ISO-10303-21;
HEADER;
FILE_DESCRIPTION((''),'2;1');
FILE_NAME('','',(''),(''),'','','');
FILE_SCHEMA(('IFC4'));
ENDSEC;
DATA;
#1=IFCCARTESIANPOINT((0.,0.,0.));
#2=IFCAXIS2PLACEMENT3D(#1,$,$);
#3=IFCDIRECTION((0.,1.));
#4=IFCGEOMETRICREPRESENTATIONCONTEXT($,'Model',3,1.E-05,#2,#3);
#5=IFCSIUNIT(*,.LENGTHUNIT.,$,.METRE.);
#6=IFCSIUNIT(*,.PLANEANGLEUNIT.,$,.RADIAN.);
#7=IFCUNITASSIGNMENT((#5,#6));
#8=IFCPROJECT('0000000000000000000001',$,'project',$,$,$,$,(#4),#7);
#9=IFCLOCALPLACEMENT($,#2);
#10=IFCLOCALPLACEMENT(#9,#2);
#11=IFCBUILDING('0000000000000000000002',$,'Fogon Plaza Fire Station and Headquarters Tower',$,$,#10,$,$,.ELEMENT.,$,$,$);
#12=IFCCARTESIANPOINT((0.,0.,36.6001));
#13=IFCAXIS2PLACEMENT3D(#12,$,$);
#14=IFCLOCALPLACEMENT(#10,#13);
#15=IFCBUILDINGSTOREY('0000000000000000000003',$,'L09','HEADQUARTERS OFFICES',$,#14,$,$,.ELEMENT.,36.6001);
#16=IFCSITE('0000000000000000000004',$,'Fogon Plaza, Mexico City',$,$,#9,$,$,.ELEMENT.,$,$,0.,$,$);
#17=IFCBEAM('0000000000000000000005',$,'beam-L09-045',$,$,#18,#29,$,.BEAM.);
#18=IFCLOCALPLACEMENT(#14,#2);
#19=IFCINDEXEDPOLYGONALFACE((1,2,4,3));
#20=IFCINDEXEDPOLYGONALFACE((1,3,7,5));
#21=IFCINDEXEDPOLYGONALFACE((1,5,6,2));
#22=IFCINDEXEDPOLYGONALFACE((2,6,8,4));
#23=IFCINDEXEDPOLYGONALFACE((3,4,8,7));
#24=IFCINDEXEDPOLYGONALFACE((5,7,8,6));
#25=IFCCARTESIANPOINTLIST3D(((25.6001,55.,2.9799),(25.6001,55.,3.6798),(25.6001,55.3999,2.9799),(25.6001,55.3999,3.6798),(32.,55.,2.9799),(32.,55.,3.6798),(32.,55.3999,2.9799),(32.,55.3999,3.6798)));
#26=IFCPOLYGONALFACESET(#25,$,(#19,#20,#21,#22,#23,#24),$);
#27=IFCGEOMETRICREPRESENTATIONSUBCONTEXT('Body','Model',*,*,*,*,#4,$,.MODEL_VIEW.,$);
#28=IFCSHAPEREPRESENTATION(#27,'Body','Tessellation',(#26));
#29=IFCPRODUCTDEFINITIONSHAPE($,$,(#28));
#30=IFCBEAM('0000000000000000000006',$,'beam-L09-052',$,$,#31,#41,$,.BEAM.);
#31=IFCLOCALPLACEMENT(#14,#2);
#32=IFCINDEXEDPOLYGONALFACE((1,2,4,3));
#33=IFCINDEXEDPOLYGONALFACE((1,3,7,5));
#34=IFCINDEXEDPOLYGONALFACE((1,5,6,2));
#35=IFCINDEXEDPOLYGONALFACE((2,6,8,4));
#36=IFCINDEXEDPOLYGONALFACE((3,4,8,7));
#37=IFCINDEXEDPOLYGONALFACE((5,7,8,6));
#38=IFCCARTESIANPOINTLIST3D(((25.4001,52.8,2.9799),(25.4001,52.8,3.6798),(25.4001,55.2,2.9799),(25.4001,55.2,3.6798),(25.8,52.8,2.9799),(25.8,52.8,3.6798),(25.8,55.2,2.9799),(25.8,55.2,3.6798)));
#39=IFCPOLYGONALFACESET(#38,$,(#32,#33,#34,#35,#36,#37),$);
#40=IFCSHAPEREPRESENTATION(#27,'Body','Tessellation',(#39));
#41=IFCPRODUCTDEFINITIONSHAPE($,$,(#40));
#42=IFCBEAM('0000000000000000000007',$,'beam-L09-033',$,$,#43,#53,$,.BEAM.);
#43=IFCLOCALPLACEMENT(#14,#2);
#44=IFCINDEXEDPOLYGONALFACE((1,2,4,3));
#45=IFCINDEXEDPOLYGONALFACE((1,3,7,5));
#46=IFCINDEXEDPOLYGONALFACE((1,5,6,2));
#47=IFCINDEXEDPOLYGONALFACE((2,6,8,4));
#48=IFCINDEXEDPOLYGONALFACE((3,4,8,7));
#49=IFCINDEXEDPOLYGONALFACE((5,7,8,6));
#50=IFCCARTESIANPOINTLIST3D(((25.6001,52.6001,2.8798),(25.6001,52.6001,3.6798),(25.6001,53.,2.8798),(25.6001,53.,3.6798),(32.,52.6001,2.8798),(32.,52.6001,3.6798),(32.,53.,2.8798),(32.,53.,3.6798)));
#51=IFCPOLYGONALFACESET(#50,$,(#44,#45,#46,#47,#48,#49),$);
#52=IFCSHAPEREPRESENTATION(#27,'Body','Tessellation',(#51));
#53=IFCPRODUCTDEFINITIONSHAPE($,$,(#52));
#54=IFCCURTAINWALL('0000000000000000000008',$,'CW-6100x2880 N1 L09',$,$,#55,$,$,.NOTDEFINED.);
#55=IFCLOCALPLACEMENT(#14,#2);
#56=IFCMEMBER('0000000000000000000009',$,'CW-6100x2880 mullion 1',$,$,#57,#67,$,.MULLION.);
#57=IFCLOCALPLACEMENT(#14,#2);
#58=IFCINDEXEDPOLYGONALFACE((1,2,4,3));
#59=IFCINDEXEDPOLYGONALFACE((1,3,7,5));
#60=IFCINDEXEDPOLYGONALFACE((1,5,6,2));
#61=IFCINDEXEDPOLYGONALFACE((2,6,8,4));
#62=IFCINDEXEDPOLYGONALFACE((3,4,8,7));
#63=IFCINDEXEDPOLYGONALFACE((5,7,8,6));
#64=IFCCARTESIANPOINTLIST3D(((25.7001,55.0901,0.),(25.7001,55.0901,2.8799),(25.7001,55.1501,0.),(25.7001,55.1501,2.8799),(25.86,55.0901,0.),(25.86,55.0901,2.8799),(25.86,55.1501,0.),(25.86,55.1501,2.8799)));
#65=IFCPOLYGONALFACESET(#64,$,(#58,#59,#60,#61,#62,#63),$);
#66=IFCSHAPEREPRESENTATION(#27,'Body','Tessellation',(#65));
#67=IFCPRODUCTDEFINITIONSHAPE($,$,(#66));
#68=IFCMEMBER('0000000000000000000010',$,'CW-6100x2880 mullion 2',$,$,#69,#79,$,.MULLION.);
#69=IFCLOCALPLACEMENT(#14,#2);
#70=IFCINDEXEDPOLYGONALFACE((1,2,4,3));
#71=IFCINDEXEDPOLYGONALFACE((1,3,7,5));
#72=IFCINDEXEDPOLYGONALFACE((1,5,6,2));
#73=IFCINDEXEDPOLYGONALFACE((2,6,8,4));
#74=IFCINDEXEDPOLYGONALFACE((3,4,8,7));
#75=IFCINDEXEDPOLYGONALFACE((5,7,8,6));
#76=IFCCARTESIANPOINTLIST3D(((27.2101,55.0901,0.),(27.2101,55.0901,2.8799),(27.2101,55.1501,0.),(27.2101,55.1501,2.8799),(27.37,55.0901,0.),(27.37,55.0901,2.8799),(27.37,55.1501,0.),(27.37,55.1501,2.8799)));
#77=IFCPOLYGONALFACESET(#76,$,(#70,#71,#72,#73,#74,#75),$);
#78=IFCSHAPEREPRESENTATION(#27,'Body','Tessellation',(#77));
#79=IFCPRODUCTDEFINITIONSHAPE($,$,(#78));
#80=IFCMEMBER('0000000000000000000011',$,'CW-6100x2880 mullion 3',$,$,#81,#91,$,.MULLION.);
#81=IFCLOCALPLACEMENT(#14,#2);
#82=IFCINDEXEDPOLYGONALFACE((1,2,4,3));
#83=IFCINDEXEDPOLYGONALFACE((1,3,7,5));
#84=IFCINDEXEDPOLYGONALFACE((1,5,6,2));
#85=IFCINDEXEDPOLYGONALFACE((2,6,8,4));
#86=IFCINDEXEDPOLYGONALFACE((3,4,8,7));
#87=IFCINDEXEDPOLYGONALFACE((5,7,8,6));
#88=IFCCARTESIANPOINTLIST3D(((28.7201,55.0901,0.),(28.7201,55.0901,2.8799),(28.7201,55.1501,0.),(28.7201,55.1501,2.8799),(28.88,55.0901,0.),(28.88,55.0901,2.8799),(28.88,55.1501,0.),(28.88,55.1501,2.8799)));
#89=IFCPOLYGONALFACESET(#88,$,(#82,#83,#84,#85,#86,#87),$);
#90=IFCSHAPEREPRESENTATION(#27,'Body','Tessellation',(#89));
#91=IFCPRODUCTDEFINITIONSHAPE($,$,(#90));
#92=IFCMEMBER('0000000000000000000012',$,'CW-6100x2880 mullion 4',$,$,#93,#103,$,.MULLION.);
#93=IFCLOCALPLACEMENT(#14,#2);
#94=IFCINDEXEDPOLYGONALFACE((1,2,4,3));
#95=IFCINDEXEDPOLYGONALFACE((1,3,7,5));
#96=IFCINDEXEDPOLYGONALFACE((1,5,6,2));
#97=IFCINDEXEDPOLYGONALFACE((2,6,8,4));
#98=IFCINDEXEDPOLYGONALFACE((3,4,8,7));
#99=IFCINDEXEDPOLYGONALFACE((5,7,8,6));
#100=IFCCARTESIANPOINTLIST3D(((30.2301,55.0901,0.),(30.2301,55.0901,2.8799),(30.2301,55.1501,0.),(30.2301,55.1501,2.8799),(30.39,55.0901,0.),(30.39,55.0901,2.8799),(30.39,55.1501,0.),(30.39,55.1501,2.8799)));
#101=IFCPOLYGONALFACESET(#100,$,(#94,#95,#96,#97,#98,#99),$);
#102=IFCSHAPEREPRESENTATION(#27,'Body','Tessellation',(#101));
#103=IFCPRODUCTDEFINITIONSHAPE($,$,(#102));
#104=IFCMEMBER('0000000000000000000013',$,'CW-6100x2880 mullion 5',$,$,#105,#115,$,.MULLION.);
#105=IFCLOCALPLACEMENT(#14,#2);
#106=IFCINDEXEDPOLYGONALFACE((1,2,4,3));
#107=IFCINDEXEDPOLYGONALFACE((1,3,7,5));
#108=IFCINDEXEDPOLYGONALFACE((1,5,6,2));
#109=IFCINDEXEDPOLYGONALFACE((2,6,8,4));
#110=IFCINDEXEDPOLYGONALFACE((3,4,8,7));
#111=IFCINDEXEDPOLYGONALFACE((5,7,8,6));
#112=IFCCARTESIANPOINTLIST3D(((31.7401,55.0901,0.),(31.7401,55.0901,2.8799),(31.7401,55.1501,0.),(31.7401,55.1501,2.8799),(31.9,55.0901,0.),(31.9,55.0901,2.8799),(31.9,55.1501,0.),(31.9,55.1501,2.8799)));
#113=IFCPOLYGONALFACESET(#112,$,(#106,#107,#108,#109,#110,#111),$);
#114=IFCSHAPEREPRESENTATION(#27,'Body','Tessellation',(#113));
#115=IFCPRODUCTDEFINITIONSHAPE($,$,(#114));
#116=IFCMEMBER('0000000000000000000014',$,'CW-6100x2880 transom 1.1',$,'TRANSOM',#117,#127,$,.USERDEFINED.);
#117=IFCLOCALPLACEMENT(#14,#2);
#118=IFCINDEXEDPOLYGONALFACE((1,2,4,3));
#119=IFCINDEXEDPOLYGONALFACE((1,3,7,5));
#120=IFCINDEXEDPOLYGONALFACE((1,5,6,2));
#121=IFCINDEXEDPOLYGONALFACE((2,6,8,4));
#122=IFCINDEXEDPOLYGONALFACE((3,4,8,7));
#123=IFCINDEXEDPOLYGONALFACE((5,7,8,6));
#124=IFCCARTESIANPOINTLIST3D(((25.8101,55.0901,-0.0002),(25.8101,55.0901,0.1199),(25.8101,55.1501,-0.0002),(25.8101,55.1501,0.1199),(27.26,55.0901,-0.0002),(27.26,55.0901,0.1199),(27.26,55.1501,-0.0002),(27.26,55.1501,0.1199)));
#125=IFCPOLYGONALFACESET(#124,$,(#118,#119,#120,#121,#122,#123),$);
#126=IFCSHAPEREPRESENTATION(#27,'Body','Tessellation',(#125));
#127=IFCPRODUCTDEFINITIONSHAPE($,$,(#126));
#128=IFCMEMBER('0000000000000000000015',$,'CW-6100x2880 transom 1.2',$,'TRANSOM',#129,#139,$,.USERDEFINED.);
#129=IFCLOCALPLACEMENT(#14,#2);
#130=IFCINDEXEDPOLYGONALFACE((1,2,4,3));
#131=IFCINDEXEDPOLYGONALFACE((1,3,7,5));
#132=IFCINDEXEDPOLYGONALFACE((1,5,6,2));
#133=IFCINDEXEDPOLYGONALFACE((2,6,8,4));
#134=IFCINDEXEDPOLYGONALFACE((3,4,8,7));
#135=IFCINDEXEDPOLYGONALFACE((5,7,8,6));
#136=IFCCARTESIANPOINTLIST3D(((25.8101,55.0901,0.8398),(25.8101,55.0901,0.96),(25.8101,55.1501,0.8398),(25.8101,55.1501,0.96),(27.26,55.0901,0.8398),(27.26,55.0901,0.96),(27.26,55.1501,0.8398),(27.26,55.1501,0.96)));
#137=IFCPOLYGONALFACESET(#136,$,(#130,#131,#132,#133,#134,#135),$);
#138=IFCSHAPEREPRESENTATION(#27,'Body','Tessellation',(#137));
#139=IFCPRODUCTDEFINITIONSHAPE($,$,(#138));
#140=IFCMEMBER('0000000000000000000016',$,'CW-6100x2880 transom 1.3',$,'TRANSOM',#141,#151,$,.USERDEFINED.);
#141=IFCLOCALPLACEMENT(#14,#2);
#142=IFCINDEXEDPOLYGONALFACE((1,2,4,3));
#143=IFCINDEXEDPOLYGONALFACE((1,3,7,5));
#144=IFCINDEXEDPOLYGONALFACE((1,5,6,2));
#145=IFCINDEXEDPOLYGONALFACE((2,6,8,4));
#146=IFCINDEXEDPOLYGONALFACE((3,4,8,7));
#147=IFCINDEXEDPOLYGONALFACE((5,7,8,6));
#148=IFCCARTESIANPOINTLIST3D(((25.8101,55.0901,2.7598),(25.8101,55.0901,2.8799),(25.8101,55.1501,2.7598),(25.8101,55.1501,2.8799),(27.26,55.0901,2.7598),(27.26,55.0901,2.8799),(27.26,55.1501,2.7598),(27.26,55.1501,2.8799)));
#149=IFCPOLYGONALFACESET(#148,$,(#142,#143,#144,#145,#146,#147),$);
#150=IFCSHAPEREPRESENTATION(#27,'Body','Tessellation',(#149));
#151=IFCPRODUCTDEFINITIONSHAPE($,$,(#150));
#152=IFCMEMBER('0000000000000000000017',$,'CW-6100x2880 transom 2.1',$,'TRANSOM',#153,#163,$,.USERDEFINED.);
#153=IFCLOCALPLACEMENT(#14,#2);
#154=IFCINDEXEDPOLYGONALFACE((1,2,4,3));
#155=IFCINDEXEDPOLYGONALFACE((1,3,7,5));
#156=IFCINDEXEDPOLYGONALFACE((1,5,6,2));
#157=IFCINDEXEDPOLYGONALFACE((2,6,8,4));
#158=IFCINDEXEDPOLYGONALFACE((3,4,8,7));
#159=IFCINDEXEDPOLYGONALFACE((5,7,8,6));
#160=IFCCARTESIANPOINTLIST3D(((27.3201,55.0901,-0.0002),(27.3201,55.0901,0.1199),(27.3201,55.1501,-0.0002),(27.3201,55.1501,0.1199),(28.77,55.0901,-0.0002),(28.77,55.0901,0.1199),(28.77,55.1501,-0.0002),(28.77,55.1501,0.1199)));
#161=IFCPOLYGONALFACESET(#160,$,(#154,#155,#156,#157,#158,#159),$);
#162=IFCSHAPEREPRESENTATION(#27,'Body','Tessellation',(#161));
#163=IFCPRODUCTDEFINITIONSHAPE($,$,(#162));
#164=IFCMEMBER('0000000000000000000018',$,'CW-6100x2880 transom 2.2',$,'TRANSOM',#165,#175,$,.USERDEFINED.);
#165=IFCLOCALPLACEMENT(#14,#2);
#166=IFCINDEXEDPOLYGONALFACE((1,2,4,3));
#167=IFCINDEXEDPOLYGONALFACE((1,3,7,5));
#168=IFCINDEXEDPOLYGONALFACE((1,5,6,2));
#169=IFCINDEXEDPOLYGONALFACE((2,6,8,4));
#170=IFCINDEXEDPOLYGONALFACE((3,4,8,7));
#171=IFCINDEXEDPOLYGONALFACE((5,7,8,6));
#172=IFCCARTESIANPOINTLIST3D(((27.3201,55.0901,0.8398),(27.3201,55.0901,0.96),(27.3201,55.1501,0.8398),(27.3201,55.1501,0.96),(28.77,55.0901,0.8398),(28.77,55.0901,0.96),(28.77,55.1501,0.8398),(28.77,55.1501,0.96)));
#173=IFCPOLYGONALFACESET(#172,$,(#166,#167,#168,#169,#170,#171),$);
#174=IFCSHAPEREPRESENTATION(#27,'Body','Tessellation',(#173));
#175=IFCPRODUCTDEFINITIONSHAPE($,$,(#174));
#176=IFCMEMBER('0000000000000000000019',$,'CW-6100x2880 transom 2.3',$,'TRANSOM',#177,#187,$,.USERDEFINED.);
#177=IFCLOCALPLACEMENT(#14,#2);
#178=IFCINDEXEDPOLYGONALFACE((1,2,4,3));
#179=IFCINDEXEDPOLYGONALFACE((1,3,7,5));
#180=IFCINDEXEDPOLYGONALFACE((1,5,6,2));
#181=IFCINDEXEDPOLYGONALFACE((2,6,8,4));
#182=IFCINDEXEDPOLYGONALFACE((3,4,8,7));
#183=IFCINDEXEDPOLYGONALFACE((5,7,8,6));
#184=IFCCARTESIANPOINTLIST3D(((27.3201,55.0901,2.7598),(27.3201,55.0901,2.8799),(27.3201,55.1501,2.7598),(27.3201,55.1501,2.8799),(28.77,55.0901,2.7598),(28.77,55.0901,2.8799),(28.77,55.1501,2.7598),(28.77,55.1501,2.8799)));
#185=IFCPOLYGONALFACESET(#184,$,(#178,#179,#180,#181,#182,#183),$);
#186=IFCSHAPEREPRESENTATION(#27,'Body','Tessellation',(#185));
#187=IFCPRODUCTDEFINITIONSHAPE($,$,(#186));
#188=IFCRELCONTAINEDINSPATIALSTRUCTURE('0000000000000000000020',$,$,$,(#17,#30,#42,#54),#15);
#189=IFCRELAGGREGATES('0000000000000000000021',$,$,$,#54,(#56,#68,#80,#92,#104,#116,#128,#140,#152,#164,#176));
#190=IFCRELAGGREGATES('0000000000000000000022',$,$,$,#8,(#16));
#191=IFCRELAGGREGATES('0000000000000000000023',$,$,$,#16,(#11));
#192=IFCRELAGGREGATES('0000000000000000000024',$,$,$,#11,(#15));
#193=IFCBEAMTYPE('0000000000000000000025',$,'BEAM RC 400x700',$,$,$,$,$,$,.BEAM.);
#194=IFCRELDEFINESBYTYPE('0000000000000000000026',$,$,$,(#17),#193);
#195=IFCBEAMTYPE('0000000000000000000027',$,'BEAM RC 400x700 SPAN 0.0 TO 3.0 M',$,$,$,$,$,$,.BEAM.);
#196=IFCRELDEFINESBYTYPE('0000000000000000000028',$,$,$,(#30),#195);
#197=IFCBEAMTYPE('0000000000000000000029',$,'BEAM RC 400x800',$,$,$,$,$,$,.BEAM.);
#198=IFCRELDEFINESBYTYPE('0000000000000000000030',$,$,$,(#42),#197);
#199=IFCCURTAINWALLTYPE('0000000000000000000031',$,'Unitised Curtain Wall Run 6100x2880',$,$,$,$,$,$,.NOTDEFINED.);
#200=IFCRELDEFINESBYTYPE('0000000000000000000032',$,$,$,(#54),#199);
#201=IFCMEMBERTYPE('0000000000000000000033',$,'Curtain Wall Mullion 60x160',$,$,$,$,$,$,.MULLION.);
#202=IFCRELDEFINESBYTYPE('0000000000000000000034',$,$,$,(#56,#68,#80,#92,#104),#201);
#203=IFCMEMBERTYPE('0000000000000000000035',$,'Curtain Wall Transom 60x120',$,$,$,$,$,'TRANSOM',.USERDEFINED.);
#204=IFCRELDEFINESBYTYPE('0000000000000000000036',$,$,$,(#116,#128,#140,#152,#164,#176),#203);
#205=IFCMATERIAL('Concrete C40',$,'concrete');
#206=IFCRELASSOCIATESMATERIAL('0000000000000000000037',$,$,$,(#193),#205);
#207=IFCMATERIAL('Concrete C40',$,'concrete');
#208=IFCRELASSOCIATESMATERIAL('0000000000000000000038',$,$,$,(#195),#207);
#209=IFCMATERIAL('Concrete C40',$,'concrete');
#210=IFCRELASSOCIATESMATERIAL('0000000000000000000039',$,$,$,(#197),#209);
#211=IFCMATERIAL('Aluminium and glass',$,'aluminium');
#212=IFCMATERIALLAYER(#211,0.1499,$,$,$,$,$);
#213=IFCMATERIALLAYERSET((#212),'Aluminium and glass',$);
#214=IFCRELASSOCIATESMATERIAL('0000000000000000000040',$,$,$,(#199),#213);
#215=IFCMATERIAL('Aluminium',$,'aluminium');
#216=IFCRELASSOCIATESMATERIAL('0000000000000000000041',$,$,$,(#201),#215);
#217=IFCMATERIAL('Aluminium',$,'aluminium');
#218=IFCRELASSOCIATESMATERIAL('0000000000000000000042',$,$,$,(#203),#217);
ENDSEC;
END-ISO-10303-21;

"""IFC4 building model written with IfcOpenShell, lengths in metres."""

from ifc_helpers import new_model, si_unit, direction, frame, origin, origin_2d, place, context, subcontext, project, spatial, rectangle, extrude, material, layer, layer_set, material_profile, profile_set, type_object, element, aggregate, save


model = new_model("IFC4")

# Units and contexts
model_context = context("Model", 3, precision=1e-05, world=origin(), true_north=direction((0.0, 1.0)))
body_context = subcontext(model_context, "Body", "Model", "MODEL_VIEW")
ifc_project = project(units=[si_unit("LENGTHUNIT", "METRE"), si_unit("PLANEANGLEUNIT", "RADIAN")], contexts=[model_context])

# Site, building, storey
site_placement = place(None, origin())
site = spatial("IfcSite", under=ifc_project, at=site_placement, Name="Fogon Plaza, Mexico City", CompositionType="ELEMENT", RefElevation=0.0)
building_placement = place(site_placement, origin())
building = spatial("IfcBuilding", under=site, at=building_placement, Name="Fogon Plaza Fire Station and Headquarters Tower", CompositionType="ELEMENT")
storey_placement = place(building_placement, frame((0.0, 0.0, 36.6001)))
storey = spatial("IfcBuildingStorey", under=building, at=storey_placement, Name="L09", Description="HEADQUARTERS OFFICES", CompositionType="ELEMENT", Elevation=36.6001)

# Beams
ifc_material_1 = material(Name="Concrete C40", Category="concrete")
ifc_material_profile_1 = material_profile(ifc_material_1, rectangle(XDim=0.3999, YDim=0.7, at=origin_2d()), Name="RC 400x700")
ifc_profile_set_1 = profile_set([ifc_material_profile_1], Name="Concrete C40")
beam_type_1 = type_object("IfcBeamType", Name="BEAM RC 400x700", PredefinedType="BEAM", material=ifc_profile_set_1)
beam_1_placement = place(storey_placement, frame((25.6001, 55.2, 3.3298), z_axis=(1.0, 0.0, 0.0), x_axis=(0.0, 1.0, 0.0)))
element("IfcBeam", 1, at=beam_1_placement, inside=storey, type_object=beam_type_1, Name="beam-L09-045", PredefinedType="BEAM", context=body_context, shape_type="SweptSolid", body=[
    extrude(rectangle(XDim=0.3999, YDim=0.7, at=origin_2d()), origin(), (0.0, 0.0, 1.0), 6.3999),
])
ifc_material_2 = material(Name="Concrete C40", Category="concrete")
ifc_material_profile_2 = material_profile(ifc_material_2, rectangle(XDim=0.3999, YDim=0.7, at=origin_2d()), Name="RC 400x700")
ifc_profile_set_2 = profile_set([ifc_material_profile_2], Name="Concrete C40")
beam_type_2 = type_object("IfcBeamType", Name="BEAM RC 400x700 SPAN 0.0 TO 3.0 M", PredefinedType="BEAM", material=ifc_profile_set_2)
beam_2_placement = place(storey_placement, frame((25.6001, 52.8, 3.3298), z_axis=(0.0, 1.0, 0.0), x_axis=(-1.0, 0.0, 0.0)))
element("IfcBeam", 2, at=beam_2_placement, inside=storey, type_object=beam_type_2, Name="beam-L09-052", PredefinedType="BEAM", context=body_context, shape_type="SweptSolid", body=[
    extrude(rectangle(XDim=0.3999, YDim=0.7, at=origin_2d()), origin(), (0.0, 0.0, 1.0), 2.3999),
])
ifc_material_3 = material(Name="Concrete C40", Category="concrete")
ifc_material_profile_3 = material_profile(ifc_material_3, rectangle(XDim=0.3999, YDim=0.8, at=origin_2d()), Name="RC 400x800")
ifc_profile_set_3 = profile_set([ifc_material_profile_3], Name="Concrete C40")
beam_type_3 = type_object("IfcBeamType", Name="BEAM RC 400x800", PredefinedType="BEAM", material=ifc_profile_set_3)
beam_3_placement = place(storey_placement, frame((25.6001, 52.8, 3.2798), z_axis=(1.0, 0.0, 0.0), x_axis=(0.0, 1.0, 0.0)))
element("IfcBeam", 3, at=beam_3_placement, inside=storey, type_object=beam_type_3, Name="beam-L09-033", PredefinedType="BEAM", context=body_context, shape_type="SweptSolid", body=[
    extrude(rectangle(XDim=0.3999, YDim=0.8, at=origin_2d()), origin(), (0.0, 0.0, 1.0), 6.3999),
])

# Curtain wall, members
ifc_material_4 = material(Name="Aluminium and glass", Category="aluminium")
ifc_layer_1 = layer(ifc_material_4, 0.1499)
ifc_layer_set_1 = layer_set([ifc_layer_1], Name="Aluminium and glass")
curtain_wall_type = type_object("IfcCurtainWallType", Name="Unitised Curtain Wall Run 6100x2880", PredefinedType="NOTDEFINED", material=ifc_layer_set_1)
curtain_wall_placement = place(storey_placement, origin())
curtain_wall = element("IfcCurtainWall", 4, at=curtain_wall_placement, inside=storey, type_object=curtain_wall_type, Name="CW-6100x2880 N1 L09", PredefinedType="NOTDEFINED")
ifc_material_5 = material(Name="Aluminium", Category="aluminium")
ifc_material_profile_4 = material_profile(ifc_material_5, rectangle(XDim=0.0601, YDim=0.1599, at=origin_2d()), Name="Curtain Wall Mullion 60x160")
ifc_profile_set_4 = profile_set([ifc_material_profile_4], Name="Aluminium")
member_type_1 = type_object("IfcMemberType", Name="Curtain Wall Mullion 60x160", PredefinedType="MULLION", material=ifc_profile_set_4)
member_1_placement = place(storey_placement, frame((25.78, 55.1201, 0.0), z_axis=(0.0, 0.0, 1.0), x_axis=(0.0, 1.0, 0.0)))
member_1 = element("IfcMember", 5, at=member_1_placement, type_object=member_type_1, Name="CW-6100x2880 mullion 1", PredefinedType="MULLION", context=body_context, shape_type="SweptSolid", body=[
    extrude(rectangle(XDim=0.0601, YDim=0.1599, at=origin_2d()), origin(), (0.0, 0.0, 1.0), 2.8799),
])
member_2_placement = place(storey_placement, frame((27.29, 55.1201, 0.0), z_axis=(0.0, 0.0, 1.0), x_axis=(0.0, 1.0, 0.0)))
member_2 = element("IfcMember", 6, at=member_2_placement, type_object=member_type_1, Name="CW-6100x2880 mullion 2", PredefinedType="MULLION", context=body_context, shape_type="SweptSolid", body=[
    extrude(rectangle(XDim=0.0601, YDim=0.1599, at=origin_2d()), origin(), (0.0, 0.0, 1.0), 2.8799),
])
member_3_placement = place(storey_placement, frame((28.8, 55.1201, 0.0), z_axis=(0.0, 0.0, 1.0), x_axis=(0.0, 1.0, 0.0)))
member_3 = element("IfcMember", 7, at=member_3_placement, type_object=member_type_1, Name="CW-6100x2880 mullion 3", PredefinedType="MULLION", context=body_context, shape_type="SweptSolid", body=[
    extrude(rectangle(XDim=0.0601, YDim=0.1599, at=origin_2d()), origin(), (0.0, 0.0, 1.0), 2.8799),
])
member_4_placement = place(storey_placement, frame((30.3101, 55.1201, 0.0), z_axis=(0.0, 0.0, 1.0), x_axis=(0.0, 1.0, 0.0)))
member_4 = element("IfcMember", 8, at=member_4_placement, type_object=member_type_1, Name="CW-6100x2880 mullion 4", PredefinedType="MULLION", context=body_context, shape_type="SweptSolid", body=[
    extrude(rectangle(XDim=0.0601, YDim=0.1599, at=origin_2d()), origin(), (0.0, 0.0, 1.0), 2.8799),
])
member_5_placement = place(storey_placement, frame((31.8201, 55.1201, 0.0), z_axis=(0.0, 0.0, 1.0), x_axis=(0.0, 1.0, 0.0)))
member_5 = element("IfcMember", 9, at=member_5_placement, type_object=member_type_1, Name="CW-6100x2880 mullion 5", PredefinedType="MULLION", context=body_context, shape_type="SweptSolid", body=[
    extrude(rectangle(XDim=0.0601, YDim=0.1599, at=origin_2d()), origin(), (0.0, 0.0, 1.0), 2.8799),
])
ifc_material_6 = material(Name="Aluminium", Category="aluminium")
ifc_material_profile_5 = material_profile(ifc_material_6, rectangle(XDim=0.0601, YDim=0.1201, at=origin_2d()), Name="Curtain Wall Transom 60x120")
ifc_profile_set_5 = profile_set([ifc_material_profile_5], Name="Aluminium")
member_type_2 = type_object("IfcMemberType", Name="Curtain Wall Transom 60x120", ElementType="TRANSOM", PredefinedType="USERDEFINED", material=ifc_profile_set_5)
member_6_placement = place(storey_placement, frame((25.8101, 55.1201, 0.0598), z_axis=(1.0, 0.0, 0.0), x_axis=(0.0, 1.0, 0.0)))
member_6 = element("IfcMember", 10, at=member_6_placement, type_object=member_type_2, Name="CW-6100x2880 transom 1.1", ObjectType="TRANSOM", PredefinedType="USERDEFINED", context=body_context, shape_type="SweptSolid", body=[
    extrude(rectangle(XDim=0.0601, YDim=0.1201, at=origin_2d()), origin(), (0.0, 0.0, 1.0), 1.45),
])
member_7_placement = place(storey_placement, frame((25.8101, 55.1201, 0.8999), z_axis=(1.0, 0.0, 0.0), x_axis=(0.0, 1.0, 0.0)))
member_7 = element("IfcMember", 11, at=member_7_placement, type_object=member_type_2, Name="CW-6100x2880 transom 1.2", ObjectType="TRANSOM", PredefinedType="USERDEFINED", context=body_context, shape_type="SweptSolid", body=[
    extrude(rectangle(XDim=0.0601, YDim=0.1201, at=origin_2d()), origin(), (0.0, 0.0, 1.0), 1.45),
])
member_8_placement = place(storey_placement, frame((25.8101, 55.1201, 2.8198), z_axis=(1.0, 0.0, 0.0), x_axis=(0.0, 1.0, 0.0)))
member_8 = element("IfcMember", 12, at=member_8_placement, type_object=member_type_2, Name="CW-6100x2880 transom 1.3", ObjectType="TRANSOM", PredefinedType="USERDEFINED", context=body_context, shape_type="SweptSolid", body=[
    extrude(rectangle(XDim=0.0601, YDim=0.1201, at=origin_2d()), origin(), (0.0, 0.0, 1.0), 1.45),
])
member_9_placement = place(storey_placement, frame((27.3201, 55.1201, 0.0598), z_axis=(1.0, 0.0, 0.0), x_axis=(0.0, 1.0, 0.0)))
member_9 = element("IfcMember", 13, at=member_9_placement, type_object=member_type_2, Name="CW-6100x2880 transom 2.1", ObjectType="TRANSOM", PredefinedType="USERDEFINED", context=body_context, shape_type="SweptSolid", body=[
    extrude(rectangle(XDim=0.0601, YDim=0.1201, at=origin_2d()), origin(), (0.0, 0.0, 1.0), 1.45),
])
member_10_placement = place(storey_placement, frame((27.3201, 55.1201, 0.8999), z_axis=(1.0, 0.0, 0.0), x_axis=(0.0, 1.0, 0.0)))
member_10 = element("IfcMember", 14, at=member_10_placement, type_object=member_type_2, Name="CW-6100x2880 transom 2.2", ObjectType="TRANSOM", PredefinedType="USERDEFINED", context=body_context, shape_type="SweptSolid", body=[
    extrude(rectangle(XDim=0.0601, YDim=0.1201, at=origin_2d()), origin(), (0.0, 0.0, 1.0), 1.45),
])
member_11_placement = place(storey_placement, frame((27.3201, 55.1201, 2.8198), z_axis=(1.0, 0.0, 0.0), x_axis=(0.0, 1.0, 0.0)))
member_11 = element("IfcMember", 15, at=member_11_placement, type_object=member_type_2, Name="CW-6100x2880 transom 2.3", ObjectType="TRANSOM", PredefinedType="USERDEFINED", context=body_context, shape_type="SweptSolid", body=[
    extrude(rectangle(XDim=0.0601, YDim=0.1201, at=origin_2d()), origin(), (0.0, 0.0, 1.0), 1.45),
])

aggregate(curtain_wall, [member_1, member_2, member_3, member_4, member_5, member_6, member_7, member_8, member_9, member_10, member_11])

save(model, "model.ifc")
